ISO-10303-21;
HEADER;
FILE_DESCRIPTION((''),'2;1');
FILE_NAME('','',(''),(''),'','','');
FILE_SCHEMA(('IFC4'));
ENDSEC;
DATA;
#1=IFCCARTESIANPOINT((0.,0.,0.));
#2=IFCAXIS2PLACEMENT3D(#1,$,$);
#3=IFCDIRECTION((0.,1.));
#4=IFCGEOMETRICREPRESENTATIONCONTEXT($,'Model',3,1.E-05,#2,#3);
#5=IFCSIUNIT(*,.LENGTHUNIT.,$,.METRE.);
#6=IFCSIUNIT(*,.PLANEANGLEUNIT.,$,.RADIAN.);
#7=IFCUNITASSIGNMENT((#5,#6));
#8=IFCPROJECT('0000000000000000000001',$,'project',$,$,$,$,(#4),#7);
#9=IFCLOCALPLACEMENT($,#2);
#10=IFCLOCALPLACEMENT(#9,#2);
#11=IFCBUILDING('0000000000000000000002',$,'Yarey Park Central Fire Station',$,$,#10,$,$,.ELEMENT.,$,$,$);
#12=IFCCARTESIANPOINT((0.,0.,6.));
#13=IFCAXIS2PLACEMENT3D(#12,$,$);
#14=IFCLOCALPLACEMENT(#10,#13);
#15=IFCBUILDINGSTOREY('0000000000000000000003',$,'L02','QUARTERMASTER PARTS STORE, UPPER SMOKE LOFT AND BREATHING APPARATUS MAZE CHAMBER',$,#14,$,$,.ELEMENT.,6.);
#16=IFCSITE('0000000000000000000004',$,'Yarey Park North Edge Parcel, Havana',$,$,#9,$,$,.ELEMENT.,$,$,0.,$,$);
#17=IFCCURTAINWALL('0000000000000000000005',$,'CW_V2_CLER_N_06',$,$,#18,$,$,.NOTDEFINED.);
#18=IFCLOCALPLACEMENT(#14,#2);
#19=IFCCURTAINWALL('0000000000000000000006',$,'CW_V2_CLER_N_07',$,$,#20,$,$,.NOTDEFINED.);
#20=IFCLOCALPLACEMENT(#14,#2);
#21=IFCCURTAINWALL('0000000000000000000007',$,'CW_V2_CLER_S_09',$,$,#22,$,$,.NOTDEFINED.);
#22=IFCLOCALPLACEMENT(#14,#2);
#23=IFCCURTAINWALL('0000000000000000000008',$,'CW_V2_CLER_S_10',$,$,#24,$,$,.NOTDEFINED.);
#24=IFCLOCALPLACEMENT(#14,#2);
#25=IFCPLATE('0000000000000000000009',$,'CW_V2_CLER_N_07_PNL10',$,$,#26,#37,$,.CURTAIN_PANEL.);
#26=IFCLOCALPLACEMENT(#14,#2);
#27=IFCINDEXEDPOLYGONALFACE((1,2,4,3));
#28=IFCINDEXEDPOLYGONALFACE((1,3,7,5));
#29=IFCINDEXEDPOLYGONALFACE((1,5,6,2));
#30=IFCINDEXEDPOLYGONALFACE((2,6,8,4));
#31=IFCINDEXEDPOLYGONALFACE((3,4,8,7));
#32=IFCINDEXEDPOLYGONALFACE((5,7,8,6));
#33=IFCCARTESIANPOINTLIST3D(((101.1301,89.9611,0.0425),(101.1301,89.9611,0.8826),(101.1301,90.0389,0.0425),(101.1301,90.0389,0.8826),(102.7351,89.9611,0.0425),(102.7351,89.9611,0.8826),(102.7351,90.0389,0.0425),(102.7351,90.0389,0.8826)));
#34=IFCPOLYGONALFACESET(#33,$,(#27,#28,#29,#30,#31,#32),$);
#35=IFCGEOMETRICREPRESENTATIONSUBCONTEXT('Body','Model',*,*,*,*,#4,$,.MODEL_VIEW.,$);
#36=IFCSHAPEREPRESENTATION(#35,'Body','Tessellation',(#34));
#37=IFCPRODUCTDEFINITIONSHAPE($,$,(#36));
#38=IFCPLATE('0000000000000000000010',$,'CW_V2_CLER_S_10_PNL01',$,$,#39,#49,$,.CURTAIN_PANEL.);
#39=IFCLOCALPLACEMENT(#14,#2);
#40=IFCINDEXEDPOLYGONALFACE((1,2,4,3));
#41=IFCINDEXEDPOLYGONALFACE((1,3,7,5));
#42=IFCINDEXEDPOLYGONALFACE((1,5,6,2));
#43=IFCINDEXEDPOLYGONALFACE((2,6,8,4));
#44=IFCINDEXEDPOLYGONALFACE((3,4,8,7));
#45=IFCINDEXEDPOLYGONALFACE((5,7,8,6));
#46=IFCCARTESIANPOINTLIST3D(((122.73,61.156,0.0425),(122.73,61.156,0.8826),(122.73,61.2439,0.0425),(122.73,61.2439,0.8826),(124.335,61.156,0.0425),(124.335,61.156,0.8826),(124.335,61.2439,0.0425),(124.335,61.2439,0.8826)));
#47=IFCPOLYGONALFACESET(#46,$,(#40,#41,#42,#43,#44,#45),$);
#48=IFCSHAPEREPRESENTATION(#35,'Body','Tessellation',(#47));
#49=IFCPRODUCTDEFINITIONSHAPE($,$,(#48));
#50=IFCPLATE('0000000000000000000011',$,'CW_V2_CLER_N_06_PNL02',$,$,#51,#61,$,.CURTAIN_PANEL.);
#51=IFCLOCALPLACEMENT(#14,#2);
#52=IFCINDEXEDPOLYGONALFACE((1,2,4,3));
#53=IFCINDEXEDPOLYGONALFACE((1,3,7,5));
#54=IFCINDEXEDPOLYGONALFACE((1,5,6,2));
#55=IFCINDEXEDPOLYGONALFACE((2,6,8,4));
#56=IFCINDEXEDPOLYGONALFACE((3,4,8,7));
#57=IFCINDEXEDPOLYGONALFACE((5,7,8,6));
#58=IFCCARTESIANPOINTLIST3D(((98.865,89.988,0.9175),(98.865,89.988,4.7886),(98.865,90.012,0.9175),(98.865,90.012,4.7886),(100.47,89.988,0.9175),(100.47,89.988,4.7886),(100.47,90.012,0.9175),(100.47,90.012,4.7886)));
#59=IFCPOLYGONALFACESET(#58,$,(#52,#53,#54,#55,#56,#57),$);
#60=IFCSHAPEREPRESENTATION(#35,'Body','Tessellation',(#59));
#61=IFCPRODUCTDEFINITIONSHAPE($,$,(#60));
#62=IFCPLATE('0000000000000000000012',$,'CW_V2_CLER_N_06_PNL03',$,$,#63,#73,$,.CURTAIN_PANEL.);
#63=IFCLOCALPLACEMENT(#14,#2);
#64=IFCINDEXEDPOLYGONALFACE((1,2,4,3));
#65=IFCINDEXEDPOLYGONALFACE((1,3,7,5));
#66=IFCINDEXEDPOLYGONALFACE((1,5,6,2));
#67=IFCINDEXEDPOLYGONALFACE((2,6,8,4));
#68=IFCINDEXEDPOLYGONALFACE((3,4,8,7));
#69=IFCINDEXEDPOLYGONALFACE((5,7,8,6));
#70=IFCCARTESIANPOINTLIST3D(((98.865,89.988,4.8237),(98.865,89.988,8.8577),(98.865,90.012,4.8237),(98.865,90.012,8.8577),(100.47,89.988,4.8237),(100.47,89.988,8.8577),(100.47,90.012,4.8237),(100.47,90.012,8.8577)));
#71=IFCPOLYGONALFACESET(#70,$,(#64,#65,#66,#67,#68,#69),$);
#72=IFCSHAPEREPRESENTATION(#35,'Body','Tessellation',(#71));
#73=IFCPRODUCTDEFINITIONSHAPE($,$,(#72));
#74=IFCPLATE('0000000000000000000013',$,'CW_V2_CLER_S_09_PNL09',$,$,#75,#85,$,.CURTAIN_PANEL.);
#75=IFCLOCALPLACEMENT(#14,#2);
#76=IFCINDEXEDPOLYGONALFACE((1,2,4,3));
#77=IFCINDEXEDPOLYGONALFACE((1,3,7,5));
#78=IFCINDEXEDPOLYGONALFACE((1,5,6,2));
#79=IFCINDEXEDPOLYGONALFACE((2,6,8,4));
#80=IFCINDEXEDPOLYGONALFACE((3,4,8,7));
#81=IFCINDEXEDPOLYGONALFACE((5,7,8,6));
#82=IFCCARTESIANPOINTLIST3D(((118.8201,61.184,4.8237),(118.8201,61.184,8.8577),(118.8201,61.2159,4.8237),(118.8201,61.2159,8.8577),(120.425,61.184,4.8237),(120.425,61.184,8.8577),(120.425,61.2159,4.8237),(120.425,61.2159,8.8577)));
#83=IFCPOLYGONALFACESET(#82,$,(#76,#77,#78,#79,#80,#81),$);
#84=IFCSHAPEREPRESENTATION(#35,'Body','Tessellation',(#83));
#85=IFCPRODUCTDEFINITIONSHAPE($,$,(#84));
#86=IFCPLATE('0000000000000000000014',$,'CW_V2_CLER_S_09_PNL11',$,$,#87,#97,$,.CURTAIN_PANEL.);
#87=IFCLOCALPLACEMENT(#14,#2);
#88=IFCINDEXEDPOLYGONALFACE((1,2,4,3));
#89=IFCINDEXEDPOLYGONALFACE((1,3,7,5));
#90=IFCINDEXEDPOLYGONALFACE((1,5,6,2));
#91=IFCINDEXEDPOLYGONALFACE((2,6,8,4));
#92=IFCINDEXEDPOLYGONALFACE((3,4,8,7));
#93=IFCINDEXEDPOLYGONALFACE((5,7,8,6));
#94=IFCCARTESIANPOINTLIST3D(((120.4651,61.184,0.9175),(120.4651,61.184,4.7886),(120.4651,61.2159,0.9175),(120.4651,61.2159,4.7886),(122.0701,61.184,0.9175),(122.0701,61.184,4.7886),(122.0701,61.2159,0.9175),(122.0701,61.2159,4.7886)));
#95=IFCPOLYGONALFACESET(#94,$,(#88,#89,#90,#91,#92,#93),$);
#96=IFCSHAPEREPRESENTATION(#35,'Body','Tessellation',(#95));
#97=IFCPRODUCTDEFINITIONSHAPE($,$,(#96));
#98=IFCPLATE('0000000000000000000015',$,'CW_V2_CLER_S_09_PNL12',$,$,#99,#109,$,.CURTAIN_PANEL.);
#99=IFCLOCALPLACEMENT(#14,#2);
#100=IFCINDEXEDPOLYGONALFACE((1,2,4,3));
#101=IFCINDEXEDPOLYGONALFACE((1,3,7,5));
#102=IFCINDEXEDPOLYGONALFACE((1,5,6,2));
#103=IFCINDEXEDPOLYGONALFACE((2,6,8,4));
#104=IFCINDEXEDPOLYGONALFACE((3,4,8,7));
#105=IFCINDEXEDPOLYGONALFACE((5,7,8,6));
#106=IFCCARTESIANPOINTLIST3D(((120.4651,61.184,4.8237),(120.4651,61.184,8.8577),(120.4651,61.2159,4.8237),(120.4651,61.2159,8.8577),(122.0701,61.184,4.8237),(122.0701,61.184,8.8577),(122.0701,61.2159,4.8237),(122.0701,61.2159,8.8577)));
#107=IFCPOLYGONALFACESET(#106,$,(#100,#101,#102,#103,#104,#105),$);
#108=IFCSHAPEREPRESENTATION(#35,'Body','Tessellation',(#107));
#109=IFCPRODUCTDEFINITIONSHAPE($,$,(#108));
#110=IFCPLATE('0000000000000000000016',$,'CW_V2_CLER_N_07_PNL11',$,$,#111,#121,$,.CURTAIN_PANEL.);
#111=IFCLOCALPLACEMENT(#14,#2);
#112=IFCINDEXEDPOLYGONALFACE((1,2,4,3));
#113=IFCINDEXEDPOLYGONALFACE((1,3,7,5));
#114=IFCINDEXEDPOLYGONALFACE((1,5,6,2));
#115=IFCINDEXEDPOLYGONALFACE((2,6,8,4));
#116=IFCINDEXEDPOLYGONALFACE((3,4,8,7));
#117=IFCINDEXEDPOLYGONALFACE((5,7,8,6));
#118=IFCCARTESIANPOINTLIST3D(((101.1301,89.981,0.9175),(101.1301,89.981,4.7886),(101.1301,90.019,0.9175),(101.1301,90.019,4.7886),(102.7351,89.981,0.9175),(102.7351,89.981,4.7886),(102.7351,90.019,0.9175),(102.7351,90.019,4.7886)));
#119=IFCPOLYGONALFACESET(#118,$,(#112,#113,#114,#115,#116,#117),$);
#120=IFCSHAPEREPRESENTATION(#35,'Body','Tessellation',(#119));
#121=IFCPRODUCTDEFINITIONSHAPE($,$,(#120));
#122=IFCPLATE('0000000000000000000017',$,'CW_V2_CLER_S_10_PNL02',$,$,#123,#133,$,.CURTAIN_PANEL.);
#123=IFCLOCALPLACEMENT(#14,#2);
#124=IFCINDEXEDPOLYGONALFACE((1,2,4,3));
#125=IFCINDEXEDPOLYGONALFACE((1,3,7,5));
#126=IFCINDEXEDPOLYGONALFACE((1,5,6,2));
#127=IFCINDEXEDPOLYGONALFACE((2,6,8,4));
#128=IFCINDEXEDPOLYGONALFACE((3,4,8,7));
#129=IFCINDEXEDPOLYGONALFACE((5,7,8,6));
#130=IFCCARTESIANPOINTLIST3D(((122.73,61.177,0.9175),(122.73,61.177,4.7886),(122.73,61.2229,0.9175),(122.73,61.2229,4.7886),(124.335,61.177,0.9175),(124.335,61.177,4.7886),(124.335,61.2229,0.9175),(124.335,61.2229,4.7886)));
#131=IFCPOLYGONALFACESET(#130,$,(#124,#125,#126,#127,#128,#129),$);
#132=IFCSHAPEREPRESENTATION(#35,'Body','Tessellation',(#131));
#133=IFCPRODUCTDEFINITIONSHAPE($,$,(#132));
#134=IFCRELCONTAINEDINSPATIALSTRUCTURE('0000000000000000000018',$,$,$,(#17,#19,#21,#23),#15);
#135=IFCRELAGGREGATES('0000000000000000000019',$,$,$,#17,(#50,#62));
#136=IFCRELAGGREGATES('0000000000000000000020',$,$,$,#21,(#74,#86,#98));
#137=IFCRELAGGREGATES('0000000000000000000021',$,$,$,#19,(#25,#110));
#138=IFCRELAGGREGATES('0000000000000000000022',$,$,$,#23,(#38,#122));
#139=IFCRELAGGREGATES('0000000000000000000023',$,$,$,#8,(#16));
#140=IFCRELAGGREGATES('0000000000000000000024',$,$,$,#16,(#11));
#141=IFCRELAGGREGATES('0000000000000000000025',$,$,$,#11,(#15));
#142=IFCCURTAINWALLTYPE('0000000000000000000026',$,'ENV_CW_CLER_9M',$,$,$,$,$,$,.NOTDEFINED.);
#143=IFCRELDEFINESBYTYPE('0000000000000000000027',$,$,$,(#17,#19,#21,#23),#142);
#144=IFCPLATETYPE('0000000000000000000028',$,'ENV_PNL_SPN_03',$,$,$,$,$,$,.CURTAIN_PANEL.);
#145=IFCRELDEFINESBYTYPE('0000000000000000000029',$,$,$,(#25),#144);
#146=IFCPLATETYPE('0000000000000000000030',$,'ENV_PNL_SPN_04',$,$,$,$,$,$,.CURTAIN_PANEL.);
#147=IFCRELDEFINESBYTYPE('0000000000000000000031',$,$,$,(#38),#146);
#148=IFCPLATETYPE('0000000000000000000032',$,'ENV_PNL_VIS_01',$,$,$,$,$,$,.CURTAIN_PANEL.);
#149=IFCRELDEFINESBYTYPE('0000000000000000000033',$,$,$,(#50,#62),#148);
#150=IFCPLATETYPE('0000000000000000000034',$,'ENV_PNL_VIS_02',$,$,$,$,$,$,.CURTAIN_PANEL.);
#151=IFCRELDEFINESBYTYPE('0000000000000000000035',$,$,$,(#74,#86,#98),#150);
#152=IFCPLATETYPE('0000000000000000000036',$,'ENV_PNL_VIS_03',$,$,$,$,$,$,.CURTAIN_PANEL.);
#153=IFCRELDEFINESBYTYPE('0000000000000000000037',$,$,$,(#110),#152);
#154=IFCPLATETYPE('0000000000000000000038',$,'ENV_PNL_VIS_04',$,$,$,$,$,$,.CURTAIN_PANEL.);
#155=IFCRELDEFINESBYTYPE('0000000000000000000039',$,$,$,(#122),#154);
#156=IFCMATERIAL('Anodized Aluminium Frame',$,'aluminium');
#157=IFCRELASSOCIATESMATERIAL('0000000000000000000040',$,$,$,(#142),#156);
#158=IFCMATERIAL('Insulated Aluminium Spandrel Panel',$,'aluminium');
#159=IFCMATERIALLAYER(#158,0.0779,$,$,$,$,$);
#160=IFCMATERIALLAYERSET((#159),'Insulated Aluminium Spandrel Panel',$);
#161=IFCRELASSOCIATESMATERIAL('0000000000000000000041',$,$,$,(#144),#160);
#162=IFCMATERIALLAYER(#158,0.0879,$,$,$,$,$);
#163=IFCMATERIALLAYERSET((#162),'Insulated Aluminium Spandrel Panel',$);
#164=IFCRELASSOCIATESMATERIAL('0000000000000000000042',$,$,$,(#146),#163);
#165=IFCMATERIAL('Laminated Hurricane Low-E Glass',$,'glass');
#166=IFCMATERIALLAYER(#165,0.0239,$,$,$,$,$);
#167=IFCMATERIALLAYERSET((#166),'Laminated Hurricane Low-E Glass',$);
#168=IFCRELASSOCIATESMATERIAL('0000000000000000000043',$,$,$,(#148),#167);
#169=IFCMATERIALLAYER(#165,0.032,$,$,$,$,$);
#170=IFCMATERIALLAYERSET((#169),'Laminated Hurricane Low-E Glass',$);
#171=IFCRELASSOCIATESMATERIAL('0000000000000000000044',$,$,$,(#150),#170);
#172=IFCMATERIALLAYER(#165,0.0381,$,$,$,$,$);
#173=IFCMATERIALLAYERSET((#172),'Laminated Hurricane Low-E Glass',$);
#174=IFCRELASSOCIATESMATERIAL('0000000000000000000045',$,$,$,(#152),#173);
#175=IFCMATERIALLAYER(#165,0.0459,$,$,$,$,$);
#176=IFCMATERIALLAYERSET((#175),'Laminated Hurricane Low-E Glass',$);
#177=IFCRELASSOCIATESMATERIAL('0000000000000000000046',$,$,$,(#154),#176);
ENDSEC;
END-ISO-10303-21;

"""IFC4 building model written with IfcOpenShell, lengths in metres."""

from ifc_helpers import new_model, si_unit, direction, frame, origin, origin_2d, place, context, subcontext, project, spatial, rectangle, extrude, material, layer, layer_set, type_object, element, aggregate, save


model = new_model("IFC4")

# Units and contexts
model_context = context("Model", 3, precision=1e-05, world=origin(), true_north=direction((0.0, 1.0)))
body_context = subcontext(model_context, "Body", "Model", "MODEL_VIEW")
ifc_project = project(units=[si_unit("LENGTHUNIT", "METRE"), si_unit("PLANEANGLEUNIT", "RADIAN")], contexts=[model_context])

# Site, building, storey
site_placement = place(None, origin())
site = spatial("IfcSite", under=ifc_project, at=site_placement, Name="Yarey Park North Edge Parcel, Havana", CompositionType="ELEMENT", RefElevation=0.0)
building_placement = place(site_placement, origin())
building = spatial("IfcBuilding", under=site, at=building_placement, Name="Yarey Park Central Fire Station", CompositionType="ELEMENT")
storey_placement = place(building_placement, frame((0.0, 0.0, 6.0)))
storey = spatial("IfcBuildingStorey", under=building, at=storey_placement, Name="L02", Description="QUARTERMASTER PARTS STORE, UPPER SMOKE LOFT AND BREATHING APPARATUS MAZE CHAMBER", CompositionType="ELEMENT", Elevation=6.0)

# Curtain walls
ifc_material_1 = material(Name="Anodized Aluminium Frame", Category="aluminium")
curtain_wall_type = type_object("IfcCurtainWallType", Name="ENV_CW_CLER_9M", PredefinedType="NOTDEFINED", material=ifc_material_1)
curtain_wall_1_placement = place(storey_placement, origin())
curtain_wall_1 = element("IfcCurtainWall", 1, at=curtain_wall_1_placement, inside=storey, type_object=curtain_wall_type, Name="CW_V2_CLER_N_06", PredefinedType="NOTDEFINED")
curtain_wall_2_placement = place(storey_placement, origin())
curtain_wall_2 = element("IfcCurtainWall", 2, at=curtain_wall_2_placement, inside=storey, type_object=curtain_wall_type, Name="CW_V2_CLER_N_07", PredefinedType="NOTDEFINED")

# Curtain wall
curtain_wall_3_placement = place(storey_placement, origin())
curtain_wall_3 = element("IfcCurtainWall", 3, at=curtain_wall_3_placement, inside=storey, type_object=curtain_wall_type, Name="CW_V2_CLER_S_09", PredefinedType="NOTDEFINED")

# Curtain wall
curtain_wall_4_placement = place(storey_placement, origin())
curtain_wall_4 = element("IfcCurtainWall", 4, at=curtain_wall_4_placement, inside=storey, type_object=curtain_wall_type, Name="CW_V2_CLER_S_10", PredefinedType="NOTDEFINED")

# Plates
ifc_material_2 = material(Name="Insulated Aluminium Spandrel Panel", Category="aluminium")
ifc_layer_1 = layer(ifc_material_2, 0.0779)
ifc_layer_set_1 = layer_set([ifc_layer_1], Name="Insulated Aluminium Spandrel Panel")
plate_type_1 = type_object("IfcPlateType", Name="ENV_PNL_SPN_03", PredefinedType="CURTAIN_PANEL", material=ifc_layer_set_1)
plate_1_placement = place(storey_placement, frame((101.9326, 90.0, 0.0425), z_axis=(0.0, 0.0, 1.0), x_axis=(-1.0, 0.0, 0.0)))
plate_1 = element("IfcPlate", 5, at=plate_1_placement, type_object=plate_type_1, Name="CW_V2_CLER_N_07_PNL10", PredefinedType="CURTAIN_PANEL", context=body_context, shape_type="SweptSolid", body=[
    extrude(rectangle(XDim=1.605, YDim=0.0779, at=origin_2d()), origin(), (0.0, 0.0, 1.0), 0.8401),
])
ifc_layer_2 = layer(ifc_material_2, 0.0879)
ifc_layer_set_2 = layer_set([ifc_layer_2], Name="Insulated Aluminium Spandrel Panel")
plate_type_2 = type_object("IfcPlateType", Name="ENV_PNL_SPN_04", PredefinedType="CURTAIN_PANEL", material=ifc_layer_set_2)
plate_2_placement = place(storey_placement, frame((123.5325, 61.2, 0.0425), z_axis=(0.0, 0.0, 1.0), x_axis=(1.0, 0.0, 0.0)))
plate_2 = element("IfcPlate", 6, at=plate_2_placement, type_object=plate_type_2, Name="CW_V2_CLER_S_10_PNL01", PredefinedType="CURTAIN_PANEL", context=body_context, shape_type="SweptSolid", body=[
    extrude(rectangle(XDim=1.605, YDim=0.0879, at=origin_2d()), origin(), (0.0, 0.0, 1.0), 0.8401),
])
ifc_material_3 = material(Name="Laminated Hurricane Low-E Glass", Category="glass")
ifc_layer_3 = layer(ifc_material_3, 0.0239)
ifc_layer_set_3 = layer_set([ifc_layer_3], Name="Laminated Hurricane Low-E Glass")
plate_type_3 = type_object("IfcPlateType", Name="ENV_PNL_VIS_01", PredefinedType="CURTAIN_PANEL", material=ifc_layer_set_3)
plate_3_placement = place(storey_placement, frame((99.6675, 90.0, 0.9175), z_axis=(0.0, 0.0, 1.0), x_axis=(-1.0, 0.0, 0.0)))
plate_3 = element("IfcPlate", 7, at=plate_3_placement, type_object=plate_type_3, Name="CW_V2_CLER_N_06_PNL02", PredefinedType="CURTAIN_PANEL", context=body_context, shape_type="SweptSolid", body=[
    extrude(rectangle(XDim=1.605, YDim=0.0239, at=origin_2d()), origin(), (0.0, 0.0, 1.0), 3.8711),
])
plate_4_placement = place(storey_placement, frame((99.6675, 90.0, 4.8237), z_axis=(0.0, 0.0, 1.0), x_axis=(-1.0, 0.0, 0.0)))
plate_4 = element("IfcPlate", 8, at=plate_4_placement, type_object=plate_type_3, Name="CW_V2_CLER_N_06_PNL03", PredefinedType="CURTAIN_PANEL", context=body_context, shape_type="SweptSolid", body=[
    extrude(rectangle(XDim=1.605, YDim=0.0239, at=origin_2d()), origin(), (0.0, 0.0, 1.0), 4.0339),
])
aggregate(curtain_wall_1, [plate_3, plate_4])
ifc_layer_4 = layer(ifc_material_3, 0.032)
ifc_layer_set_4 = layer_set([ifc_layer_4], Name="Laminated Hurricane Low-E Glass")
plate_type_4 = type_object("IfcPlateType", Name="ENV_PNL_VIS_02", PredefinedType="CURTAIN_PANEL", material=ifc_layer_set_4)
plate_5_placement = place(storey_placement, frame((119.6226, 61.2, 4.8237), z_axis=(0.0, 0.0, 1.0), x_axis=(1.0, 0.0, 0.0)))
plate_5 = element("IfcPlate", 9, at=plate_5_placement, type_object=plate_type_4, Name="CW_V2_CLER_S_09_PNL09", PredefinedType="CURTAIN_PANEL", context=body_context, shape_type="SweptSolid", body=[
    extrude(rectangle(XDim=1.605, YDim=0.032, at=origin_2d()), origin(), (0.0, 0.0, 1.0), 4.0339),
])
plate_6_placement = place(storey_placement, frame((121.2676, 61.2, 0.9175), z_axis=(0.0, 0.0, 1.0), x_axis=(1.0, 0.0, 0.0)))
plate_6 = element("IfcPlate", 10, at=plate_6_placement, type_object=plate_type_4, Name="CW_V2_CLER_S_09_PNL11", PredefinedType="CURTAIN_PANEL", context=body_context, shape_type="SweptSolid", body=[
    extrude(rectangle(XDim=1.605, YDim=0.032, at=origin_2d()), origin(), (0.0, 0.0, 1.0), 3.8711),
])
plate_7_placement = place(storey_placement, frame((121.2676, 61.2, 4.8237), z_axis=(0.0, 0.0, 1.0), x_axis=(1.0, 0.0, 0.0)))
plate_7 = element("IfcPlate", 11, at=plate_7_placement, type_object=plate_type_4, Name="CW_V2_CLER_S_09_PNL12", PredefinedType="CURTAIN_PANEL", context=body_context, shape_type="SweptSolid", body=[
    extrude(rectangle(XDim=1.605, YDim=0.032, at=origin_2d()), origin(), (0.0, 0.0, 1.0), 4.0339),
])
aggregate(curtain_wall_3, [plate_5, plate_6, plate_7])
ifc_layer_5 = layer(ifc_material_3, 0.0381)
ifc_layer_set_5 = layer_set([ifc_layer_5], Name="Laminated Hurricane Low-E Glass")
plate_type_5 = type_object("IfcPlateType", Name="ENV_PNL_VIS_03", PredefinedType="CURTAIN_PANEL", material=ifc_layer_set_5)
plate_8_placement = place(storey_placement, frame((101.9326, 90.0, 0.9175), z_axis=(0.0, 0.0, 1.0), x_axis=(-1.0, 0.0, 0.0)))
plate_8 = element("IfcPlate", 12, at=plate_8_placement, type_object=plate_type_5, Name="CW_V2_CLER_N_07_PNL11", PredefinedType="CURTAIN_PANEL", context=body_context, shape_type="SweptSolid", body=[
    extrude(rectangle(XDim=1.605, YDim=0.0381, at=origin_2d()), origin(), (0.0, 0.0, 1.0), 3.8711),
])
aggregate(curtain_wall_2, [plate_1, plate_8])
ifc_layer_6 = layer(ifc_material_3, 0.0459)
ifc_layer_set_6 = layer_set([ifc_layer_6], Name="Laminated Hurricane Low-E Glass")
plate_type_6 = type_object("IfcPlateType", Name="ENV_PNL_VIS_04", PredefinedType="CURTAIN_PANEL", material=ifc_layer_set_6)
plate_9_placement = place(storey_placement, frame((123.5325, 61.2, 0.9175), z_axis=(0.0, 0.0, 1.0), x_axis=(1.0, 0.0, 0.0)))
plate_9 = element("IfcPlate", 13, at=plate_9_placement, type_object=plate_type_6, Name="CW_V2_CLER_S_10_PNL02", PredefinedType="CURTAIN_PANEL", context=body_context, shape_type="SweptSolid", body=[
    extrude(rectangle(XDim=1.605, YDim=0.0459, at=origin_2d()), origin(), (0.0, 0.0, 1.0), 3.8711),
])
aggregate(curtain_wall_4, [plate_2, plate_9])

save(model, "model.ifc")
